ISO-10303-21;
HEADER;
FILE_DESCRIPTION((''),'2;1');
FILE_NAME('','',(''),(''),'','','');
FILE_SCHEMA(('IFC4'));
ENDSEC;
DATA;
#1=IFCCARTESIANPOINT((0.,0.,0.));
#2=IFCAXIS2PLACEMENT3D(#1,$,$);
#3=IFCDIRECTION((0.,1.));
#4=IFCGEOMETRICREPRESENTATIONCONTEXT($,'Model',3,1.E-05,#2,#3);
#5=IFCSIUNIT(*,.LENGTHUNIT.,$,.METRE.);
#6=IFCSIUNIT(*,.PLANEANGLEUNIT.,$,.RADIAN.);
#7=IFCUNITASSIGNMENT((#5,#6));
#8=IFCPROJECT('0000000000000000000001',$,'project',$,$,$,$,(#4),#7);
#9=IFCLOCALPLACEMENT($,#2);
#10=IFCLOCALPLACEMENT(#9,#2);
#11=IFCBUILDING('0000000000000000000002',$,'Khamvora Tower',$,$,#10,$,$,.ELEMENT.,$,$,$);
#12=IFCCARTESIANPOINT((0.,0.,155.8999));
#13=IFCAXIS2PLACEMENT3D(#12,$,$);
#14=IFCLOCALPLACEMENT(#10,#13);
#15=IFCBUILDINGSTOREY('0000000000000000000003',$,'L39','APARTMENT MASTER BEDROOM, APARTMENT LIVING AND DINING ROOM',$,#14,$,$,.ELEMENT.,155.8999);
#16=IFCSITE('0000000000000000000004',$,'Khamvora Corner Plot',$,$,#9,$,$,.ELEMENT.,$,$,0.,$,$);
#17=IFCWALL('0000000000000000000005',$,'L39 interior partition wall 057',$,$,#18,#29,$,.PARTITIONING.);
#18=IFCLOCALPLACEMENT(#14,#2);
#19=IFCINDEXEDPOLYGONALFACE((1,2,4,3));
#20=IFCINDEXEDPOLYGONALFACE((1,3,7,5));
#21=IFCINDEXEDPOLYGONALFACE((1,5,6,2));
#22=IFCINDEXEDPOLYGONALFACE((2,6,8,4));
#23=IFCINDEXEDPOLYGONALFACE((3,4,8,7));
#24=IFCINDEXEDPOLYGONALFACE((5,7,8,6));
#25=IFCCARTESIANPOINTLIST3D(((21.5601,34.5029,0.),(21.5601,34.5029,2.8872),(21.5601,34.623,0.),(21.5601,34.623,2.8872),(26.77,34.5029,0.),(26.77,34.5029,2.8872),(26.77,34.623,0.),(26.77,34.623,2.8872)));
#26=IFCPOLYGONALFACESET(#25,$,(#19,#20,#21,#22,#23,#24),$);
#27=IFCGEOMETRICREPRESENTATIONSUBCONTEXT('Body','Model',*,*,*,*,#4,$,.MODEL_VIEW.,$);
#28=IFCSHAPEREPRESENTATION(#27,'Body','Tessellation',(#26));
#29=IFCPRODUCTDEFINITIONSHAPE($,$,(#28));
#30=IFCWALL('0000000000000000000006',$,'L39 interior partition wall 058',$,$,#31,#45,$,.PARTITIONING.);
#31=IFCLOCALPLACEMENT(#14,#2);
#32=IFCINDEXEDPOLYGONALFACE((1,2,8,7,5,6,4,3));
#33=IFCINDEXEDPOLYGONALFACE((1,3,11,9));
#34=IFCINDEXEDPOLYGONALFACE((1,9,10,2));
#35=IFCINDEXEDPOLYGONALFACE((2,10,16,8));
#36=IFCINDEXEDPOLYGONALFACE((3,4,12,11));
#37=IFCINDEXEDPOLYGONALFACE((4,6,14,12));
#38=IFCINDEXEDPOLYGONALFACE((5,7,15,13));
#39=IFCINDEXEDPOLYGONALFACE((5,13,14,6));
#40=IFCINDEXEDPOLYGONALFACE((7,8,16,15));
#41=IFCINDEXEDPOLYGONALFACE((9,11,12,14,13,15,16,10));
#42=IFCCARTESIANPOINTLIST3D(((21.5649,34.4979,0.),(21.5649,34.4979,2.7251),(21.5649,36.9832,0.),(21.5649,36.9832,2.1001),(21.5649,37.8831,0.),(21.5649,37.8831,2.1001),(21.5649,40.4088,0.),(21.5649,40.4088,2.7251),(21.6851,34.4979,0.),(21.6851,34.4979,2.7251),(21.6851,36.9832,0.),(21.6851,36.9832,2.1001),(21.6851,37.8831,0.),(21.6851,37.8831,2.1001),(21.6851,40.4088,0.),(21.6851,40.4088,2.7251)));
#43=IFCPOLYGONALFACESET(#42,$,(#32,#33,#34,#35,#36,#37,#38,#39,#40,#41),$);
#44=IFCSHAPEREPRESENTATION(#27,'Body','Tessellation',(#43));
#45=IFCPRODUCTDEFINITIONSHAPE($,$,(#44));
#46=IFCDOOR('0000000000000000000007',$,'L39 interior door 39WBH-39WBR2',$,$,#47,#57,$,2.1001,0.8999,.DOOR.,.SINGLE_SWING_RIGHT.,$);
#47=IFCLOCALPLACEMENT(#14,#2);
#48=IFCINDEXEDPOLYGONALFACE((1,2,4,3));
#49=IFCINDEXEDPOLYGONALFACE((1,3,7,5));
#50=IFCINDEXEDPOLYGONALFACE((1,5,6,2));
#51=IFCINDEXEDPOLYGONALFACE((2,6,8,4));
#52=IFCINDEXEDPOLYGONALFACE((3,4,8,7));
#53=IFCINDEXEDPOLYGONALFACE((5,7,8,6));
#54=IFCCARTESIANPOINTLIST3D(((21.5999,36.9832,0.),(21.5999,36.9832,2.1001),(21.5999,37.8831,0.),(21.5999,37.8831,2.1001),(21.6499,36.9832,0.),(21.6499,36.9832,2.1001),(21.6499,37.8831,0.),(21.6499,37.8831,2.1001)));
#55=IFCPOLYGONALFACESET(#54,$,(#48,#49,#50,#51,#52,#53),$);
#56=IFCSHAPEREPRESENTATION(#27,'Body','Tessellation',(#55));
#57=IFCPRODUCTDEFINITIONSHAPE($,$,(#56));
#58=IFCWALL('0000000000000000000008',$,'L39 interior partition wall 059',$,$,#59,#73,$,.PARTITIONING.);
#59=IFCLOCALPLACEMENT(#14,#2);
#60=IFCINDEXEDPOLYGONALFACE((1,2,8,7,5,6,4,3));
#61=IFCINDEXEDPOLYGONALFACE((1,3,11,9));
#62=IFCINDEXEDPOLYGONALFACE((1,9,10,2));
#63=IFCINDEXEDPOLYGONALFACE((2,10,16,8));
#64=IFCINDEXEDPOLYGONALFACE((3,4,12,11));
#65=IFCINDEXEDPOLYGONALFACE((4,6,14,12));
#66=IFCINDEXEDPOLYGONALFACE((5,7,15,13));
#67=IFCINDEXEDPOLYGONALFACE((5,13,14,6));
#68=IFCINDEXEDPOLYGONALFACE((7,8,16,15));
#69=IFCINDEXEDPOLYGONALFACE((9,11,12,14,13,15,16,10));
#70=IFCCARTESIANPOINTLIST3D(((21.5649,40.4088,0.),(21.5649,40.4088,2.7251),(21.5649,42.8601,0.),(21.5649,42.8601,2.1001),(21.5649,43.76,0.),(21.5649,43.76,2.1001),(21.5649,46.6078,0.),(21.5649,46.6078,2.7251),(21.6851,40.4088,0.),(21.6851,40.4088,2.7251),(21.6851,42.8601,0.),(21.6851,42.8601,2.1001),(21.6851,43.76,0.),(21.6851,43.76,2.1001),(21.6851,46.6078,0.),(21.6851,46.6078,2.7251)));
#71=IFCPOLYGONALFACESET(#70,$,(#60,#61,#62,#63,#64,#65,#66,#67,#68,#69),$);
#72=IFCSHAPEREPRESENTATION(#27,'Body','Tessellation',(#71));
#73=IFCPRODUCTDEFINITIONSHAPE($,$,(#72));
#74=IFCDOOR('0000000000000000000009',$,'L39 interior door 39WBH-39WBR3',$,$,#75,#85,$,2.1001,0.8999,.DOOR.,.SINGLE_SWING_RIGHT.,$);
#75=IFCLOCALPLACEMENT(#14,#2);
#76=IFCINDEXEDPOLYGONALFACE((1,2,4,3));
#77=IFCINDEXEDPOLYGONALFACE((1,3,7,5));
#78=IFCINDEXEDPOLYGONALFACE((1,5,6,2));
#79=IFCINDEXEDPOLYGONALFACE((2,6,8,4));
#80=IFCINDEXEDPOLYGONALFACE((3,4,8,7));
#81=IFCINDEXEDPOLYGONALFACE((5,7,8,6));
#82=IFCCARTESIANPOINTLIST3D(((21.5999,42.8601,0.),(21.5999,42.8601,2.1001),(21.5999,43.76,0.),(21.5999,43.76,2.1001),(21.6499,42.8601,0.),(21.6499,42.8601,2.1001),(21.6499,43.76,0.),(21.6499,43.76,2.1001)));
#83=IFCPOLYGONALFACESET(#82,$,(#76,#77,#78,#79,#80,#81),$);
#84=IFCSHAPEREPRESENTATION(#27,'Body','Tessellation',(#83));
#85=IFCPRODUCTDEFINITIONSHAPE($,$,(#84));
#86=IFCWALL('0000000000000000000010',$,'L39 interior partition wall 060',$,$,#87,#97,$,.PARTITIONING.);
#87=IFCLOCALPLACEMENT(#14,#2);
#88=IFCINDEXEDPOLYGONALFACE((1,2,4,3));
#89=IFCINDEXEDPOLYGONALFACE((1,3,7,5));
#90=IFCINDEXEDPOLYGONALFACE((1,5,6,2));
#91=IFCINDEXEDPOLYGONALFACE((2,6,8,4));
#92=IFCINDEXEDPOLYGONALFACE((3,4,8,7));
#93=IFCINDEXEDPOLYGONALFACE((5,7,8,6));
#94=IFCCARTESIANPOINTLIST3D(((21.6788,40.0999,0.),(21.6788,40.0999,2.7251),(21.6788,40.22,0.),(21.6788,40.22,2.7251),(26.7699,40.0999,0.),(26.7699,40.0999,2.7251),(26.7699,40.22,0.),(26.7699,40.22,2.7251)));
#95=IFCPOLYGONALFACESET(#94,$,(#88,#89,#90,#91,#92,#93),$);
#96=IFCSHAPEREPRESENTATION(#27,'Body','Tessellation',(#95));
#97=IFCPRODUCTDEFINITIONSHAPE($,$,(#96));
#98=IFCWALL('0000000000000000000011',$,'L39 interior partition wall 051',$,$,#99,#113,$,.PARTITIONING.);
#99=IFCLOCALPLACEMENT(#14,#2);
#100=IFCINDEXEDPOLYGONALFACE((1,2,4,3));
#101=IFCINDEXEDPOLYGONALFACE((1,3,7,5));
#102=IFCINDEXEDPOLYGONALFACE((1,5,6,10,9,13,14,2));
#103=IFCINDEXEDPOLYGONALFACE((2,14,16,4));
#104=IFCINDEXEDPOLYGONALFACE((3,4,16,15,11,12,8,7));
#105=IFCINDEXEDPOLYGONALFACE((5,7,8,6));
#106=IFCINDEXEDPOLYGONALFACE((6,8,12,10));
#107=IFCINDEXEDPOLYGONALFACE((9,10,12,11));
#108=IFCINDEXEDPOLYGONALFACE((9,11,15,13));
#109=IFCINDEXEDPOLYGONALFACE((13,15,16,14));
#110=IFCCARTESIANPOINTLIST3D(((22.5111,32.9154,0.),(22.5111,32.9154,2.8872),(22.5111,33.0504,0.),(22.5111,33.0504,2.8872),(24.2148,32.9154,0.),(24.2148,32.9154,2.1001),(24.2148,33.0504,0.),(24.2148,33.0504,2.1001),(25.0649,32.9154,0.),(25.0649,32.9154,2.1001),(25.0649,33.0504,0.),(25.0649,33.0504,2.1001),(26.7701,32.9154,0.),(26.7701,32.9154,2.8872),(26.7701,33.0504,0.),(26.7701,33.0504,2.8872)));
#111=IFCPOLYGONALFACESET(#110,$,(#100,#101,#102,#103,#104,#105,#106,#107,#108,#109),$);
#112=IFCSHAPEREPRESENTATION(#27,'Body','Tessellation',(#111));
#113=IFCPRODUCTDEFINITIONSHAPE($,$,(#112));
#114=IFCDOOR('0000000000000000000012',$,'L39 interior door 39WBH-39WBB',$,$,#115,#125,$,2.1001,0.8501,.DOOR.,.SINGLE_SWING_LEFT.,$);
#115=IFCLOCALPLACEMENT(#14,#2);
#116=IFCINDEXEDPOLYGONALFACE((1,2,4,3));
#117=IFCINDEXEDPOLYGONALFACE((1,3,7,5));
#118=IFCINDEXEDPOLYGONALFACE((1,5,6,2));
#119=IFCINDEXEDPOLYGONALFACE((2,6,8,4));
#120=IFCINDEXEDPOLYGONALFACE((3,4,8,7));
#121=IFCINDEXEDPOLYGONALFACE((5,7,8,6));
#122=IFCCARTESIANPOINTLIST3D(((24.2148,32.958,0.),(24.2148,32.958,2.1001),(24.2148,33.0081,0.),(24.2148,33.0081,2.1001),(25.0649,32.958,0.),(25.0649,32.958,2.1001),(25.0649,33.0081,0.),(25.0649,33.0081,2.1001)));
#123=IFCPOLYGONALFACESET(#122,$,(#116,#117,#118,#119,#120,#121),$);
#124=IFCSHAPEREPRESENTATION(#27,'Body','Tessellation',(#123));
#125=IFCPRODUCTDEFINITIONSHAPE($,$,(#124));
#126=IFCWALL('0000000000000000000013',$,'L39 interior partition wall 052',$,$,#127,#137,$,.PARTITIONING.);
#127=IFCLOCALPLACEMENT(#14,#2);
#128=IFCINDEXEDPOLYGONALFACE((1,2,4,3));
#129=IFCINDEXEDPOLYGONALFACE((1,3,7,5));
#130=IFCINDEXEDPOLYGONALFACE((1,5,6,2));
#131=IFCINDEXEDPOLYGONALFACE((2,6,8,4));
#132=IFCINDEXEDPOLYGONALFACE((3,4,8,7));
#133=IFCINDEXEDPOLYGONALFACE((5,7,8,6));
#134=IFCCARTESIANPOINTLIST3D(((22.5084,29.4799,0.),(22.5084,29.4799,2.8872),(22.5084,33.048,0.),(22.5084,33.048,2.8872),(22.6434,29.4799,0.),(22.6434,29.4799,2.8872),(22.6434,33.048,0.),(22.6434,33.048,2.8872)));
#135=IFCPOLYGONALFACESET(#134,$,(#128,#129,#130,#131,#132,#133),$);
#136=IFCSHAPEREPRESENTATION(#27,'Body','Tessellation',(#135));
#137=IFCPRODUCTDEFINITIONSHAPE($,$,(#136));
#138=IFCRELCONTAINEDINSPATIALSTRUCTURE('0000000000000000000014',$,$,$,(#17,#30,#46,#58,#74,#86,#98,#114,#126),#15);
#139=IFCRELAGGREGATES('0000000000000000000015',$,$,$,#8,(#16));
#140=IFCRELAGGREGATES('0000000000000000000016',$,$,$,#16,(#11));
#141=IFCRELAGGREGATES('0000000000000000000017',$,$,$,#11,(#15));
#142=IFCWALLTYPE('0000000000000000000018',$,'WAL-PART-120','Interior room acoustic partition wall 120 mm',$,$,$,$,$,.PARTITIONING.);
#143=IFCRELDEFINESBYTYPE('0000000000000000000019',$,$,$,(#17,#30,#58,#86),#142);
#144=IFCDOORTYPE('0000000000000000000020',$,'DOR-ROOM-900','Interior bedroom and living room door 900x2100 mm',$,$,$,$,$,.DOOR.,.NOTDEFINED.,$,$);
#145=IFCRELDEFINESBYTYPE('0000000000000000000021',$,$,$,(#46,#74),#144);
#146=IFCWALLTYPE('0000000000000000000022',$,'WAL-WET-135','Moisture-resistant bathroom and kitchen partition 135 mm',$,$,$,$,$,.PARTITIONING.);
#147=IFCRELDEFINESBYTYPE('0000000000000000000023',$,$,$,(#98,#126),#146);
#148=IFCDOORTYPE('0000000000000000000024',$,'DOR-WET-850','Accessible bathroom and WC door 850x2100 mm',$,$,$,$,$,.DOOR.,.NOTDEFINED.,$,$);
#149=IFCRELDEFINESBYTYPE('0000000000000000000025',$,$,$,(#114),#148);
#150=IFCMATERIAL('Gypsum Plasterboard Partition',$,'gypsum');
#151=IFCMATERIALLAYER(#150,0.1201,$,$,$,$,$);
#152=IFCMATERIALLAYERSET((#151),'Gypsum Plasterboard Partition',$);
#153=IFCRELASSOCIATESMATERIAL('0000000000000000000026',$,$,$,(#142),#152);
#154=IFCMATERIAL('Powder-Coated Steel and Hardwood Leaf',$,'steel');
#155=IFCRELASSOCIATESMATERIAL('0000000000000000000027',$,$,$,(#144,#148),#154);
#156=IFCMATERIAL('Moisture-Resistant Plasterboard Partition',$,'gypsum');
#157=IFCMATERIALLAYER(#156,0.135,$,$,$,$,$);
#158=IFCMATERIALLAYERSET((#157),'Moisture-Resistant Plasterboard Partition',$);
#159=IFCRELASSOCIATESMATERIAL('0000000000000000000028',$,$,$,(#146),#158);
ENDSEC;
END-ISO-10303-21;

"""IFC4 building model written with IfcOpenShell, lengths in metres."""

from ifc_helpers import new_model, si_unit, direction, frame, frame_2d, origin, place, context, subcontext, project, spatial, rectangle, extrude, material, layer, layer_set, type_object, element, fill, save


model = new_model("IFC4")

# Units and contexts
model_context = context("Model", 3, precision=1e-05, world=origin(), true_north=direction((0.0, 1.0)))
body_context = subcontext(model_context, "Body", "Model", "MODEL_VIEW")
ifc_project = project(units=[si_unit("LENGTHUNIT", "METRE"), si_unit("PLANEANGLEUNIT", "RADIAN")], contexts=[model_context])

# Site, building, storey
site_placement = place(None, origin())
site = spatial("IfcSite", under=ifc_project, at=site_placement, Name="Khamvora Corner Plot", CompositionType="ELEMENT", RefElevation=0.0)
building_placement = place(site_placement, origin())
building = spatial("IfcBuilding", under=site, at=building_placement, Name="Khamvora Tower", CompositionType="ELEMENT")
storey_placement = place(building_placement, frame((0.0, 0.0, 155.8999)))
storey = spatial("IfcBuildingStorey", under=building, at=storey_placement, Name="L39", Description="APARTMENT MASTER BEDROOM, APARTMENT LIVING AND DINING ROOM", CompositionType="ELEMENT", Elevation=155.8999)

# Shared definitions
ifc_material_1 = material(Name="Gypsum Plasterboard Partition", Category="gypsum")
ifc_layer_1 = layer(ifc_material_1, 0.1201)
ifc_layer_set_1 = layer_set([ifc_layer_1], Name="Gypsum Plasterboard Partition")
wall_type_1 = type_object("IfcWallType", Name="WAL-PART-120", Description="Interior room acoustic partition wall 120 mm", PredefinedType="PARTITIONING", material=ifc_layer_set_1)

# Shared definitions
ifc_material_2 = material(Name="Powder-Coated Steel and Hardwood Leaf", Category="steel")
door_type_1 = type_object("IfcDoorType", Name="DOR-ROOM-900", Description="Interior bedroom and living room door 900x2100 mm", OperationType="NOTDEFINED", PredefinedType="DOOR", material=ifc_material_2)

# Wall
wall_1_placement = place(storey_placement, frame((21.5601, 34.563, 0.0), z_axis=(0.0, 0.0, 1.0), x_axis=(1.0, 0.0, 0.0)))
element("IfcWall", 1, at=wall_1_placement, inside=storey, type_object=wall_type_1, Name="L39 interior partition wall 057", PredefinedType="PARTITIONING", context=body_context, shape_type="SweptSolid", body=[
    extrude(rectangle(XDim=5.21, YDim=0.1201, at=frame_2d((2.605, 0.0))), origin(), (0.0, 0.0, 1.0), 2.8872),
])

# Walls, openings, doors
wall_2_placement = place(storey_placement, frame((21.625, 40.4089, 0.0), z_axis=(0.0, 0.0, 1.0), x_axis=(0.0, -1.0, 0.0)))
wall_2 = element("IfcWall", 2, at=wall_2_placement, inside=storey, type_object=wall_type_1, Name="L39 interior partition wall 058", PredefinedType="PARTITIONING", context=body_context, shape_type="SweptSolid", body=[
    extrude(rectangle(XDim=5.9109, YDim=0.1201, at=frame_2d((2.9556, 0.0))), origin(), (0.0, 0.0, 1.0), 2.7251),
])
opening_1_placement = place(wall_2_placement, frame((2.5259, 0.0, 0.0)))
opening_1 = element("IfcOpeningElement", 3, at=opening_1_placement, cuts=wall_2, PredefinedType="OPENING", context=body_context, shape_type="SweptSolid", body=[
    extrude(rectangle(XDim=0.8999, YDim=2.1001, at=frame_2d((0.45, 1.05))), frame((0.0, 0.0701, 0.0), z_axis=(0.0, -1.0, 0.0), x_axis=(1.0, 0.0, 0.0)), (0.0, 0.0, 1.0), 0.1401),
])
door_1_placement = place(opening_1_placement, origin())
door_1 = element("IfcDoor", 4, at=door_1_placement, inside=storey, type_object=door_type_1, Name="L39 interior door 39WBH-39WBR2", OperationType="SINGLE_SWING_RIGHT", OverallHeight=2.1001, OverallWidth=0.8999, PredefinedType="DOOR", context=body_context, shape_type="SweptSolid", body=[
    extrude(rectangle(XDim=0.8999, YDim=2.1001, at=frame_2d((0.45, 1.05))), frame((0.0, 0.0249, 0.0), z_axis=(0.0, -1.0, 0.0), x_axis=(1.0, 0.0, 0.0)), (0.0, 0.0, 1.0), 0.05),
])
fill(opening_1, door_1)
wall_3_placement = place(storey_placement, frame((21.625, 46.6079, 0.0), z_axis=(0.0, 0.0, 1.0), x_axis=(0.0, -1.0, 0.0)))
wall_3 = element("IfcWall", 5, at=wall_3_placement, inside=storey, type_object=wall_type_1, Name="L39 interior partition wall 059", PredefinedType="PARTITIONING", context=body_context, shape_type="SweptSolid", body=[
    extrude(rectangle(XDim=6.199, YDim=0.1201, at=frame_2d((3.0996, 0.0))), origin(), (0.0, 0.0, 1.0), 2.7251),
])
opening_2_placement = place(wall_3_placement, frame((2.8479, 0.0, 0.0)))
opening_2 = element("IfcOpeningElement", 6, at=opening_2_placement, cuts=wall_3, PredefinedType="OPENING", context=body_context, shape_type="SweptSolid", body=[
    extrude(rectangle(XDim=0.8999, YDim=2.1001, at=frame_2d((0.45, 1.05))), frame((0.0, 0.0701, 0.0), z_axis=(0.0, -1.0, 0.0), x_axis=(1.0, 0.0, 0.0)), (0.0, 0.0, 1.0), 0.1401),
])
door_2_placement = place(opening_2_placement, origin())
door_2 = element("IfcDoor", 7, at=door_2_placement, inside=storey, type_object=door_type_1, Name="L39 interior door 39WBH-39WBR3", OperationType="SINGLE_SWING_RIGHT", OverallHeight=2.1001, OverallWidth=0.8999, PredefinedType="DOOR", context=body_context, shape_type="SweptSolid", body=[
    extrude(rectangle(XDim=0.8999, YDim=2.1001, at=frame_2d((0.45, 1.05))), frame((0.0, 0.0249, 0.0), z_axis=(0.0, -1.0, 0.0), x_axis=(1.0, 0.0, 0.0)), (0.0, 0.0, 1.0), 0.05),
])
fill(opening_2, door_2)

# Wall
wall_4_placement = place(storey_placement, frame((21.679, 40.1599, 0.0), z_axis=(0.0, 0.0, 1.0), x_axis=(1.0, 0.0, 0.0)))
element("IfcWall", 8, at=wall_4_placement, inside=storey, type_object=wall_type_1, Name="L39 interior partition wall 060", PredefinedType="PARTITIONING", context=body_context, shape_type="SweptSolid", body=[
    extrude(rectangle(XDim=5.0911, YDim=0.1201, at=frame_2d((2.5454, 0.0))), origin(), (0.0, 0.0, 1.0), 2.7251),
])

# Wall, opening, door
ifc_material_3 = material(Name="Moisture-Resistant Plasterboard Partition", Category="gypsum")
ifc_layer_2 = layer(ifc_material_3, 0.135)
ifc_layer_set_2 = layer_set([ifc_layer_2], Name="Moisture-Resistant Plasterboard Partition")
wall_type_2 = type_object("IfcWallType", Name="WAL-WET-135", Description="Moisture-resistant bathroom and kitchen partition 135 mm", PredefinedType="PARTITIONING", material=ifc_layer_set_2)
wall_5_placement = place(storey_placement, frame((26.77, 32.9829, 0.0), z_axis=(0.0, 0.0, 1.0), x_axis=(-1.0, 0.0, 0.0)))
wall_5 = element("IfcWall", 9, at=wall_5_placement, inside=storey, type_object=wall_type_2, Name="L39 interior partition wall 051", PredefinedType="PARTITIONING", context=body_context, shape_type="SweptSolid", body=[
    extrude(rectangle(XDim=4.259, YDim=0.135, at=frame_2d((2.1294, 0.0))), origin(), (0.0, 0.0, 1.0), 2.8872),
])
opening_3_placement = place(wall_5_placement, frame((1.7051, 0.0, 0.0)))
opening_3 = element("IfcOpeningElement", 10, at=opening_3_placement, cuts=wall_5, PredefinedType="OPENING", context=body_context, shape_type="SweptSolid", body=[
    extrude(rectangle(XDim=0.8501, YDim=2.1001, at=frame_2d((0.425, 1.05))), frame((0.0, 0.0774, 0.0), z_axis=(0.0, -1.0, 0.0), x_axis=(1.0, 0.0, 0.0)), (0.0, 0.0, 1.0), 0.155),
])
door_type_2 = type_object("IfcDoorType", Name="DOR-WET-850", Description="Accessible bathroom and WC door 850x2100 mm", OperationType="NOTDEFINED", PredefinedType="DOOR", material=ifc_material_2)
door_3_placement = place(opening_3_placement, origin())
door_3 = element("IfcDoor", 11, at=door_3_placement, inside=storey, type_object=door_type_2, Name="L39 interior door 39WBH-39WBB", OperationType="SINGLE_SWING_LEFT", OverallHeight=2.1001, OverallWidth=0.8501, PredefinedType="DOOR", context=body_context, shape_type="SweptSolid", body=[
    extrude(rectangle(XDim=0.8501, YDim=2.1001, at=frame_2d((0.425, 1.05))), frame((0.0, 0.0249, 0.0), z_axis=(0.0, -1.0, 0.0), x_axis=(1.0, 0.0, 0.0)), (0.0, 0.0, 1.0), 0.05),
])
fill(opening_3, door_3)

# Wall
wall_6_placement = place(storey_placement, frame((22.5759, 33.0481, 0.0), z_axis=(0.0, 0.0, 1.0), x_axis=(0.0, -1.0, 0.0)))
element("IfcWall", 12, at=wall_6_placement, inside=storey, type_object=wall_type_2, Name="L39 interior partition wall 052", PredefinedType="PARTITIONING", context=body_context, shape_type="SweptSolid", body=[
    extrude(rectangle(XDim=3.5681, YDim=0.135, at=frame_2d((1.7842, 0.0))), origin(), (0.0, 0.0, 1.0), 2.8872),
])

save(model, "model.ifc")
